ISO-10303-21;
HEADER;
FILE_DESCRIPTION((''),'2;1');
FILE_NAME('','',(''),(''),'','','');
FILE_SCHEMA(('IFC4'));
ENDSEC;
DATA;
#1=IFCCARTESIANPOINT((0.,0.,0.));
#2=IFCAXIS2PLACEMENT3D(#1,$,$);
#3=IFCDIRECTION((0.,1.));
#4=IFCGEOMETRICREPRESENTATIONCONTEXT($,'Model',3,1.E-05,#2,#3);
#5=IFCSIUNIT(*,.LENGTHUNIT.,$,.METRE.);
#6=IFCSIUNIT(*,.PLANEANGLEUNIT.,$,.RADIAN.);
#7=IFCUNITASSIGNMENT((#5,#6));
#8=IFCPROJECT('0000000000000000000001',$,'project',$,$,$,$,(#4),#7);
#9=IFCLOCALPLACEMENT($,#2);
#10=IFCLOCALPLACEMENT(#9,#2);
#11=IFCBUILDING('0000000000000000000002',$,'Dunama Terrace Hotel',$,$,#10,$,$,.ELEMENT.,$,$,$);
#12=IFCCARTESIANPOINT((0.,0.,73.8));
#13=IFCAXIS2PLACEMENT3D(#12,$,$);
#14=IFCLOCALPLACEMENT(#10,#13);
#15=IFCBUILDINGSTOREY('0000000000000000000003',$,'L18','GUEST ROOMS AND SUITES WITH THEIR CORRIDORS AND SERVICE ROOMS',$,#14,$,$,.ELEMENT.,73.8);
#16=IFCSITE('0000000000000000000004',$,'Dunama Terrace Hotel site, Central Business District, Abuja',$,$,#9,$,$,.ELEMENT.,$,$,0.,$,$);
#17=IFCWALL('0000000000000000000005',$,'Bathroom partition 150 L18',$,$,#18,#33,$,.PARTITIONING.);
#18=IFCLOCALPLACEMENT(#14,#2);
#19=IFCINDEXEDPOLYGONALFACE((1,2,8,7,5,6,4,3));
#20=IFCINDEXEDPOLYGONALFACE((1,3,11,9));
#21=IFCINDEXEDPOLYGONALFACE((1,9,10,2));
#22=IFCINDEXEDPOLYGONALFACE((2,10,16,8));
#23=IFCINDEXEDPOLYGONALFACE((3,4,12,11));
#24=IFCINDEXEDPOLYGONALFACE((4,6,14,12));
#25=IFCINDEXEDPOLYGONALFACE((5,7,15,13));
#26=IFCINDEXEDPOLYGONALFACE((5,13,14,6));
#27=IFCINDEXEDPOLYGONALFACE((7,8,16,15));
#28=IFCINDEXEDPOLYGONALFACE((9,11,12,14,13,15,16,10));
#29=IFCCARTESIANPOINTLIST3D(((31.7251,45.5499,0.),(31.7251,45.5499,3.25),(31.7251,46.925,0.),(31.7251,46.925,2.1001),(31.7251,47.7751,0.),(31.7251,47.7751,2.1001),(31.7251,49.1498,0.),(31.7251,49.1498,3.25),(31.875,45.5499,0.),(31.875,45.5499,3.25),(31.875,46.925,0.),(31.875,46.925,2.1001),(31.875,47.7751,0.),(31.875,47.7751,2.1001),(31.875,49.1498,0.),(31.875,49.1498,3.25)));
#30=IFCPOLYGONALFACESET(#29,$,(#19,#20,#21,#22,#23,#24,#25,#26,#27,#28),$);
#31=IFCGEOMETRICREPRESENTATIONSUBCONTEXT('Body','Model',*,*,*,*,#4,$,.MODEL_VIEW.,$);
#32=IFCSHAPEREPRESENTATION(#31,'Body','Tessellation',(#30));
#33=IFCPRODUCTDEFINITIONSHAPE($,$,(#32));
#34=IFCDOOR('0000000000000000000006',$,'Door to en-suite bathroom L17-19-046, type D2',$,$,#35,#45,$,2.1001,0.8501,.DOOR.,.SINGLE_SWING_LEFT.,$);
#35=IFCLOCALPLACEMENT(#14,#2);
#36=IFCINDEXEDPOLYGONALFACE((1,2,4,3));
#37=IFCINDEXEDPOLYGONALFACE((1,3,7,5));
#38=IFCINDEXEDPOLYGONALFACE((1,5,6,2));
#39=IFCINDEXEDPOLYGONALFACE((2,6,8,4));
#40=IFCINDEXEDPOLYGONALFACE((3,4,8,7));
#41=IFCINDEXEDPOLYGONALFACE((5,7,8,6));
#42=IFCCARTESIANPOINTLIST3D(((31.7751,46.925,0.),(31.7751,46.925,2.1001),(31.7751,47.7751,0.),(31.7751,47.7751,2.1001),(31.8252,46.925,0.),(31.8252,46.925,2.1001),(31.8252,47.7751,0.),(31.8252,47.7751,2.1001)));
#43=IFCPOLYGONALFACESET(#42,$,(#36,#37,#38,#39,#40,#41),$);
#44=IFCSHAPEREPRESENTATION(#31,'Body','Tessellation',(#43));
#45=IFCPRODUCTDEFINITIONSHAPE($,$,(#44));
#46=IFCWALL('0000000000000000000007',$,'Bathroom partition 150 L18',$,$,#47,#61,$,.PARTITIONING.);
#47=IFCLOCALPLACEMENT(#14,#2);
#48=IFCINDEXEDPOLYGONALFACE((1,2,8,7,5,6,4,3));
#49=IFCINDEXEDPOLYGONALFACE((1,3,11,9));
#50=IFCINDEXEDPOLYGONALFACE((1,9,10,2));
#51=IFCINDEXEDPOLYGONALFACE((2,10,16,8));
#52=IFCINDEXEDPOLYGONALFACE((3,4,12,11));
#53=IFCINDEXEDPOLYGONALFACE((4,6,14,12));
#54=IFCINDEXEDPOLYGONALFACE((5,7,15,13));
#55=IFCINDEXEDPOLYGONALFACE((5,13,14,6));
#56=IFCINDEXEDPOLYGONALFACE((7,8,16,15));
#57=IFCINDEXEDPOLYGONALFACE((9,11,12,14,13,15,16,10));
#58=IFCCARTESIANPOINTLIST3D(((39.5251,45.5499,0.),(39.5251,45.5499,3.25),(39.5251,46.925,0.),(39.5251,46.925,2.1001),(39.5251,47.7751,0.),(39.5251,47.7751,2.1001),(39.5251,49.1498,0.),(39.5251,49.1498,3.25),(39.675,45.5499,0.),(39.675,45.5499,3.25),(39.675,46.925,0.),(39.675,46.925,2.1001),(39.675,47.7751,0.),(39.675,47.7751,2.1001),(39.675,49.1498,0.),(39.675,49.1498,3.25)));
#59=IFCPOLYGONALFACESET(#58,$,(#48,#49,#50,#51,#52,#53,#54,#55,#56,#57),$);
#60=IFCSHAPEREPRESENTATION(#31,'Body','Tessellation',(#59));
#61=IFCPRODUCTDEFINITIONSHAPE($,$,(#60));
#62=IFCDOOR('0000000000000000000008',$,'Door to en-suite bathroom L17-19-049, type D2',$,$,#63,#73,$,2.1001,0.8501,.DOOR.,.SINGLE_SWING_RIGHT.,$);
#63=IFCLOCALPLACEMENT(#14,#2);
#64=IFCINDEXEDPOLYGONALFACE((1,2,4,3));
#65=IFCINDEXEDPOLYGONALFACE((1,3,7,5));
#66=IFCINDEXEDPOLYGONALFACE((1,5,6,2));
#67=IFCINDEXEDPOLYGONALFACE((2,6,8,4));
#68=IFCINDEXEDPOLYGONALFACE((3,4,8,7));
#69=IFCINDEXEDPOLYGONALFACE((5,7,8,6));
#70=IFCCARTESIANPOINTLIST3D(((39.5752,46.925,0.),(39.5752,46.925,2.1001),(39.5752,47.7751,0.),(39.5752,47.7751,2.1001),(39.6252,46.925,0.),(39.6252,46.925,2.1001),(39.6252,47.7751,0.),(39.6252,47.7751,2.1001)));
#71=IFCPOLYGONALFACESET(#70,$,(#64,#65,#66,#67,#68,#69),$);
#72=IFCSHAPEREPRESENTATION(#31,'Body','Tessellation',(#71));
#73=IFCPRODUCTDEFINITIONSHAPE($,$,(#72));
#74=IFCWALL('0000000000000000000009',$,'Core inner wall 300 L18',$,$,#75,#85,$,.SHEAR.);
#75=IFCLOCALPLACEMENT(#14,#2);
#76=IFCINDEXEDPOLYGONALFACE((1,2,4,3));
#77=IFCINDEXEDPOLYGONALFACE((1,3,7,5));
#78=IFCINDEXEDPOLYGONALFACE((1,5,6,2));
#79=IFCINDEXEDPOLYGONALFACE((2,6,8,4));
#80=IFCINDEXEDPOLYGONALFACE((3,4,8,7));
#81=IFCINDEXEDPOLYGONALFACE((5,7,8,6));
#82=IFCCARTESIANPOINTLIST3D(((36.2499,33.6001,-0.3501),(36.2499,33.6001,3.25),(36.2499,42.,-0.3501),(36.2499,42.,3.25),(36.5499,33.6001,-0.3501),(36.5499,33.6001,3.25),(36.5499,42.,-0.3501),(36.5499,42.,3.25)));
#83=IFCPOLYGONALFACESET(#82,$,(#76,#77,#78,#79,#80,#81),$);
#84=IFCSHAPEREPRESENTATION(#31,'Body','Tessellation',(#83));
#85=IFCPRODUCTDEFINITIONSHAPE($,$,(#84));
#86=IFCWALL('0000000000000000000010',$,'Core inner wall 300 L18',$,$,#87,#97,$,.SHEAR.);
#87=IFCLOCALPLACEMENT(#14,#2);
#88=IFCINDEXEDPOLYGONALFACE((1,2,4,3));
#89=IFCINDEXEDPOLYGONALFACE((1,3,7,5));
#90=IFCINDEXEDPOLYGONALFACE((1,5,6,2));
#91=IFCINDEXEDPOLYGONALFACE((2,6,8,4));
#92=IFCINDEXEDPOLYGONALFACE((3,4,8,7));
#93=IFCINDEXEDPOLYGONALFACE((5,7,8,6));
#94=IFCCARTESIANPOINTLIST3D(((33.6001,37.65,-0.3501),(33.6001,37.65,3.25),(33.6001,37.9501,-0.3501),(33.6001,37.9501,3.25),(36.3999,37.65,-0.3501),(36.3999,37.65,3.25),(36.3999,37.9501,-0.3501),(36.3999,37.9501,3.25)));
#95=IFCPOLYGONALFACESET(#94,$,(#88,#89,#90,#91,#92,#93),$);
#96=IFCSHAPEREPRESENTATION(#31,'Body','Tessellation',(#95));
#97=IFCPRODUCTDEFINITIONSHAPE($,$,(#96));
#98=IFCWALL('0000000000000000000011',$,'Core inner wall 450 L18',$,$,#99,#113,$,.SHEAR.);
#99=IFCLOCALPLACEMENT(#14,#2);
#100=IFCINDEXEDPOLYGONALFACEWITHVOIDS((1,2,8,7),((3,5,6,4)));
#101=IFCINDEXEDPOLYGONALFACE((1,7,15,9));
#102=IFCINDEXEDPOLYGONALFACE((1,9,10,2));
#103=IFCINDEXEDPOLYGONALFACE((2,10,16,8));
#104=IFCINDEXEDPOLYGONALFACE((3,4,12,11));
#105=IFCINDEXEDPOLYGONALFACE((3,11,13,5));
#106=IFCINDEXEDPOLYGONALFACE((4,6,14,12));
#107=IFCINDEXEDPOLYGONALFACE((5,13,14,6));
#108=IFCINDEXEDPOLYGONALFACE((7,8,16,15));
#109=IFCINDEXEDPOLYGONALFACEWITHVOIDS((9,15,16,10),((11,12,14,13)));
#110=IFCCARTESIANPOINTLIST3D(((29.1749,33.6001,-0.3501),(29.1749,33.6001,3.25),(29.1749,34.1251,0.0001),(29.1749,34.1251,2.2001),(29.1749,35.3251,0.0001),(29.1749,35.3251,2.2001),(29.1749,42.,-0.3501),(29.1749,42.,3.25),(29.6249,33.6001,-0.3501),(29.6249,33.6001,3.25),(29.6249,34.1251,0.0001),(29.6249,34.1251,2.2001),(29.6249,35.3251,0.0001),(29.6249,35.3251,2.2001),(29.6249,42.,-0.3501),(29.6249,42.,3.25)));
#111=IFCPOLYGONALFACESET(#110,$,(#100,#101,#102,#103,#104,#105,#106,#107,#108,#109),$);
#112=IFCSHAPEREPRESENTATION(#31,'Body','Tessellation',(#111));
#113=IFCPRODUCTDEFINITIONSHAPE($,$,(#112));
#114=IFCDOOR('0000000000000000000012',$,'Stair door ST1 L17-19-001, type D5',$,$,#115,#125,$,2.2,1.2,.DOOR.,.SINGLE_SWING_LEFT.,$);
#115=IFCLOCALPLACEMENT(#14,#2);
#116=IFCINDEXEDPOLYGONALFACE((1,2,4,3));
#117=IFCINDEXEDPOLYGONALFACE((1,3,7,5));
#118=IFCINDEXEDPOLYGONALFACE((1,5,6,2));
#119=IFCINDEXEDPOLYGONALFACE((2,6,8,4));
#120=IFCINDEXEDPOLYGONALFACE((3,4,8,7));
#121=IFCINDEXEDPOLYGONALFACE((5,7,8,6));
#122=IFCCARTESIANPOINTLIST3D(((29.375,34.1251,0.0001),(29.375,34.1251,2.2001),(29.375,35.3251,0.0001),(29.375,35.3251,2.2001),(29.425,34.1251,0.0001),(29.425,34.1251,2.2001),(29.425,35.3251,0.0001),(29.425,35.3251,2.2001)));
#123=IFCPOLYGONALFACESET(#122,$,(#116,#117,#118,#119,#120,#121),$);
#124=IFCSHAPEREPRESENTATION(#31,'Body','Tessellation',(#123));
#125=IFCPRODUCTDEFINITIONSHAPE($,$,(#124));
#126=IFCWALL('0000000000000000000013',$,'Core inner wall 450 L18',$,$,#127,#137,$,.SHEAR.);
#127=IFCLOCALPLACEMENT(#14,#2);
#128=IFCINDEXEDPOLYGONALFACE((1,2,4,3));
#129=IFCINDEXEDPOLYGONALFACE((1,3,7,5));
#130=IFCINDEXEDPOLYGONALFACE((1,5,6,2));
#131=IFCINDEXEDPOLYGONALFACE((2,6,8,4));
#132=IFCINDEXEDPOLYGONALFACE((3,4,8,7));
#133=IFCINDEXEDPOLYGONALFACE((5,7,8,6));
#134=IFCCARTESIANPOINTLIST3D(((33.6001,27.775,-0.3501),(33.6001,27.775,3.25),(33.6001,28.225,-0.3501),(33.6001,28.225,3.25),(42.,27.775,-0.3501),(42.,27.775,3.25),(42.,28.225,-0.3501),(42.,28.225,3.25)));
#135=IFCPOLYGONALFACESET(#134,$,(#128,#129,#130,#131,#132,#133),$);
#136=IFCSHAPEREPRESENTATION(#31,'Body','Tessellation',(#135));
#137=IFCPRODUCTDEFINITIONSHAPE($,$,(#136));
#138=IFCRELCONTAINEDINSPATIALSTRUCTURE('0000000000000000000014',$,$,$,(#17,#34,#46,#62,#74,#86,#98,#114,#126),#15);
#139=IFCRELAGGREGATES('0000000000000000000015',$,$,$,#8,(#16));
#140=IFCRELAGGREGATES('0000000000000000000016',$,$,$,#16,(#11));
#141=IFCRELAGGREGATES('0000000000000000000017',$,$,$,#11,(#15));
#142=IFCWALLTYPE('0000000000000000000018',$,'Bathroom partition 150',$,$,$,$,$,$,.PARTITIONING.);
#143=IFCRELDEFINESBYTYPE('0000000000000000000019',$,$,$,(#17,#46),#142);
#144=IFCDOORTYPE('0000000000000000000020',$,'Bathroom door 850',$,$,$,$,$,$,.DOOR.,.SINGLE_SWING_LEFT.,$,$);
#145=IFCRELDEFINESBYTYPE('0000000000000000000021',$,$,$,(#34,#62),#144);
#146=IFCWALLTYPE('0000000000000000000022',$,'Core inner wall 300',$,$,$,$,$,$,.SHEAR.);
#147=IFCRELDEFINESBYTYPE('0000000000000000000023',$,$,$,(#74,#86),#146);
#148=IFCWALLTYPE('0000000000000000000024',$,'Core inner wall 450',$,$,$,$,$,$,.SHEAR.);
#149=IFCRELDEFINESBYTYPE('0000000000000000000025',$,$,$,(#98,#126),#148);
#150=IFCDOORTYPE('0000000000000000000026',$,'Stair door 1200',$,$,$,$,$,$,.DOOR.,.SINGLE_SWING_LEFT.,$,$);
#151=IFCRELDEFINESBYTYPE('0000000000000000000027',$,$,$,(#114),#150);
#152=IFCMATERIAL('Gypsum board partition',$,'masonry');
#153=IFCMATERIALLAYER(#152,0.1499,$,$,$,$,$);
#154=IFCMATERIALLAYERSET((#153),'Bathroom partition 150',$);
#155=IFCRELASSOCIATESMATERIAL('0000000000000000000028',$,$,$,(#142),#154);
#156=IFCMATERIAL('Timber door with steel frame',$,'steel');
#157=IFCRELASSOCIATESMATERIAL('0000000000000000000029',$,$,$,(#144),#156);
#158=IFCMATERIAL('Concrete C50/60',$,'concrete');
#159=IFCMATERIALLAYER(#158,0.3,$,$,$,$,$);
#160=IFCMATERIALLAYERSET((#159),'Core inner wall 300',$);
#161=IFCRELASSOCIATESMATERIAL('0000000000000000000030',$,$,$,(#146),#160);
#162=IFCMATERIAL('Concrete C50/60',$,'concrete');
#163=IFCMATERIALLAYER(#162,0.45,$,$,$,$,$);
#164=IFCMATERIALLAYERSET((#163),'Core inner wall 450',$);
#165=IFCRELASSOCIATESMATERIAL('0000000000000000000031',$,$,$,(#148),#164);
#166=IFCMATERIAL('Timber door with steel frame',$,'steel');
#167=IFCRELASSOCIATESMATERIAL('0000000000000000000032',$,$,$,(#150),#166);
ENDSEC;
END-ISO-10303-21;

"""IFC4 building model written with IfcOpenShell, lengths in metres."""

from ifc_helpers import new_model, si_unit, direction, frame, frame_2d, origin, place, context, subcontext, project, spatial, rectangle, extrude, material, layer, layer_set, type_object, element, fill, save


model = new_model("IFC4")

# Units and contexts
model_context = context("Model", 3, precision=1e-05, world=origin(), true_north=direction((0.0, 1.0)))
body_context = subcontext(model_context, "Body", "Model", "MODEL_VIEW")
ifc_project = project(units=[si_unit("LENGTHUNIT", "METRE"), si_unit("PLANEANGLEUNIT", "RADIAN")], contexts=[model_context])

# Site, building, storey
site_placement = place(None, origin())
site = spatial("IfcSite", under=ifc_project, at=site_placement, Name="Dunama Terrace Hotel site, Central Business District, Abuja", CompositionType="ELEMENT", RefElevation=0.0)
building_placement = place(site_placement, origin())
building = spatial("IfcBuilding", under=site, at=building_placement, Name="Dunama Terrace Hotel", CompositionType="ELEMENT")
storey_placement = place(building_placement, frame((0.0, 0.0, 73.8)))
storey = spatial("IfcBuildingStorey", under=building, at=storey_placement, Name="L18", Description="GUEST ROOMS AND SUITES WITH THEIR CORRIDORS AND SERVICE ROOMS", CompositionType="ELEMENT", Elevation=73.8)

# Walls, openings, doors
ifc_material_1 = material(Name="Gypsum board partition", Category="masonry")
ifc_layer_1 = layer(ifc_material_1, 0.1499)
ifc_layer_set_1 = layer_set([ifc_layer_1], Name="Bathroom partition 150")
wall_type_1 = type_object("IfcWallType", Name="Bathroom partition 150", PredefinedType="PARTITIONING", material=ifc_layer_set_1)
wall_1_placement = place(storey_placement, frame((31.8, 45.55, 0.0), z_axis=(0.0, 0.0, 1.0), x_axis=(0.0, 1.0, 0.0)))
wall_1 = element("IfcWall", 1, at=wall_1_placement, inside=storey, type_object=wall_type_1, Name="Bathroom partition 150 L18", PredefinedType="PARTITIONING", context=body_context, shape_type="SweptSolid", body=[
    extrude(rectangle(XDim=3.5999, YDim=0.1499, at=frame_2d((1.7998, 0.0))), origin(), (0.0, 0.0, 1.0), 3.25),
])
opening_1_placement = place(wall_1_placement, frame((1.375, 0.0, 0.0)))
opening_1 = element("IfcOpeningElement", 2, at=opening_1_placement, cuts=wall_1, PredefinedType="OPENING", context=body_context, shape_type="SweptSolid", body=[
    extrude(rectangle(XDim=0.8501, YDim=2.1001, at=frame_2d((0.425, 1.05))), frame((0.0, 0.085, 0.0), z_axis=(0.0, -1.0, 0.0), x_axis=(1.0, 0.0, 0.0)), (0.0, 0.0, 1.0), 0.1699),
])
ifc_material_2 = material(Name="Timber door with steel frame", Category="steel")
door_type_1 = type_object("IfcDoorType", Name="Bathroom door 850", OperationType="SINGLE_SWING_LEFT", PredefinedType="DOOR", material=ifc_material_2)
door_1_placement = place(opening_1_placement, origin())
door_1 = element("IfcDoor", 3, at=door_1_placement, inside=storey, type_object=door_type_1, Name="Door to en-suite bathroom L17-19-046, type D2", OperationType="SINGLE_SWING_LEFT", OverallHeight=2.1001, OverallWidth=0.8501, PredefinedType="DOOR", context=body_context, shape_type="SweptSolid", body=[
    extrude(rectangle(XDim=0.8501, YDim=2.1001, at=frame_2d((0.425, 1.05))), frame((0.0, 0.0249, 0.0), z_axis=(0.0, -1.0, 0.0), x_axis=(1.0, 0.0, 0.0)), (0.0, 0.0, 1.0), 0.05),
])
fill(opening_1, door_1)
wall_2_placement = place(storey_placement, frame((39.6001, 45.55, 0.0), z_axis=(0.0, 0.0, 1.0), x_axis=(0.0, 1.0, 0.0)))
wall_2 = element("IfcWall", 4, at=wall_2_placement, inside=storey, type_object=wall_type_1, Name="Bathroom partition 150 L18", PredefinedType="PARTITIONING", context=body_context, shape_type="SweptSolid", body=[
    extrude(rectangle(XDim=3.5999, YDim=0.1499, at=frame_2d((1.7998, 0.0))), origin(), (0.0, 0.0, 1.0), 3.25),
])
opening_2_placement = place(wall_2_placement, frame((1.375, 0.0, 0.0)))
opening_2 = element("IfcOpeningElement", 5, at=opening_2_placement, cuts=wall_2, PredefinedType="OPENING", context=body_context, shape_type="SweptSolid", body=[
    extrude(rectangle(XDim=0.8501, YDim=2.1001, at=frame_2d((0.425, 1.05))), frame((0.0, 0.085, 0.0), z_axis=(0.0, -1.0, 0.0), x_axis=(1.0, 0.0, 0.0)), (0.0, 0.0, 1.0), 0.1699),
])
door_2_placement = place(opening_2_placement, frame((0.8501, 0.0, 0.0), z_axis=(0.0, 0.0, 1.0), x_axis=(-1.0, 0.0, 0.0)))
door_2 = element("IfcDoor", 6, at=door_2_placement, inside=storey, type_object=door_type_1, Name="Door to en-suite bathroom L17-19-049, type D2", OperationType="SINGLE_SWING_RIGHT", OverallHeight=2.1001, OverallWidth=0.8501, PredefinedType="DOOR", context=body_context, shape_type="SweptSolid", body=[
    extrude(rectangle(XDim=0.8501, YDim=2.1001, at=frame_2d((0.425, 1.05))), frame((0.0, 0.0251, 0.0), z_axis=(0.0, -1.0, 0.0), x_axis=(1.0, 0.0, 0.0)), (0.0, 0.0, 1.0), 0.05),
])
fill(opening_2, door_2)

# Walls
ifc_material_3 = material(Name="Concrete C50/60", Category="concrete")
ifc_layer_2 = layer(ifc_material_3, 0.3)
ifc_layer_set_2 = layer_set([ifc_layer_2], Name="Core inner wall 300")
wall_type_2 = type_object("IfcWallType", Name="Core inner wall 300", PredefinedType="SHEAR", material=ifc_layer_set_2)
wall_3_placement = place(storey_placement, frame((36.3999, 33.6001, -0.3501), z_axis=(0.0, 0.0, 1.0), x_axis=(0.0, 1.0, 0.0)))
element("IfcWall", 7, at=wall_3_placement, inside=storey, type_object=wall_type_2, Name="Core inner wall 300 L18", PredefinedType="SHEAR", context=body_context, shape_type="SweptSolid", body=[
    extrude(rectangle(XDim=8.3999, YDim=0.3, at=frame_2d((4.2, 0.0))), origin(), (0.0, 0.0, 1.0), 3.6001),
])
wall_4_placement = place(storey_placement, frame((33.6001, 37.8, -0.3501), z_axis=(0.0, 0.0, 1.0), x_axis=(1.0, 0.0, 0.0)))
element("IfcWall", 8, at=wall_4_placement, inside=storey, type_object=wall_type_2, Name="Core inner wall 300 L18", PredefinedType="SHEAR", context=body_context, shape_type="SweptSolid", body=[
    extrude(rectangle(XDim=2.7998, YDim=0.3, at=frame_2d((1.3999, 0.0))), origin(), (0.0, 0.0, 1.0), 3.6001),
])

# Wall, opening, door
ifc_material_4 = material(Name="Concrete C50/60", Category="concrete")
ifc_layer_3 = layer(ifc_material_4, 0.45)
ifc_layer_set_3 = layer_set([ifc_layer_3], Name="Core inner wall 450")
wall_type_3 = type_object("IfcWallType", Name="Core inner wall 450", PredefinedType="SHEAR", material=ifc_layer_set_3)
wall_5_placement = place(storey_placement, frame((29.3999, 33.6001, -0.3501), z_axis=(0.0, 0.0, 1.0), x_axis=(0.0, 1.0, 0.0)))
wall_5 = element("IfcWall", 9, at=wall_5_placement, inside=storey, type_object=wall_type_3, Name="Core inner wall 450 L18", PredefinedType="SHEAR", context=body_context, shape_type="SweptSolid", body=[
    extrude(rectangle(XDim=8.3999, YDim=0.45, at=frame_2d((4.2, 0.0))), origin(), (0.0, 0.0, 1.0), 3.6001),
])
opening_3_placement = place(wall_5_placement, frame((0.5249, 0.0, 0.3501)))
opening_3 = element("IfcOpeningElement", 10, at=opening_3_placement, cuts=wall_5, PredefinedType="OPENING", context=body_context, shape_type="SweptSolid", body=[
    extrude(rectangle(XDim=1.2, YDim=2.2, at=frame_2d((0.6001, 1.1001))), frame((0.0, 0.2349, 0.0), z_axis=(0.0, -1.0, 0.0), x_axis=(1.0, 0.0, 0.0)), (0.0, 0.0, 1.0), 0.47),
])
ifc_material_5 = material(Name="Timber door with steel frame", Category="steel")
door_type_2 = type_object("IfcDoorType", Name="Stair door 1200", OperationType="SINGLE_SWING_LEFT", PredefinedType="DOOR", material=ifc_material_5)
door_3_placement = place(opening_3_placement, origin())
door_3 = element("IfcDoor", 11, at=door_3_placement, inside=storey, type_object=door_type_2, Name="Stair door ST1 L17-19-001, type D5", OperationType="SINGLE_SWING_LEFT", OverallHeight=2.2, OverallWidth=1.2, PredefinedType="DOOR", context=body_context, shape_type="SweptSolid", body=[
    extrude(rectangle(XDim=1.2, YDim=2.2, at=frame_2d((0.6001, 1.1001))), frame((0.0, 0.0249, 0.0), z_axis=(0.0, -1.0, 0.0), x_axis=(1.0, 0.0, 0.0)), (0.0, 0.0, 1.0), 0.05),
])
fill(opening_3, door_3)

# Wall
wall_6_placement = place(storey_placement, frame((33.6001, 28.0, -0.3501), z_axis=(0.0, 0.0, 1.0), x_axis=(1.0, 0.0, 0.0)))
element("IfcWall", 12, at=wall_6_placement, inside=storey, type_object=wall_type_3, Name="Core inner wall 450 L18", PredefinedType="SHEAR", context=body_context, shape_type="SweptSolid", body=[
    extrude(rectangle(XDim=8.3999, YDim=0.45, at=frame_2d((4.2, 0.0))), origin(), (0.0, 0.0, 1.0), 3.6001),
])

save(model, "model.ifc")
